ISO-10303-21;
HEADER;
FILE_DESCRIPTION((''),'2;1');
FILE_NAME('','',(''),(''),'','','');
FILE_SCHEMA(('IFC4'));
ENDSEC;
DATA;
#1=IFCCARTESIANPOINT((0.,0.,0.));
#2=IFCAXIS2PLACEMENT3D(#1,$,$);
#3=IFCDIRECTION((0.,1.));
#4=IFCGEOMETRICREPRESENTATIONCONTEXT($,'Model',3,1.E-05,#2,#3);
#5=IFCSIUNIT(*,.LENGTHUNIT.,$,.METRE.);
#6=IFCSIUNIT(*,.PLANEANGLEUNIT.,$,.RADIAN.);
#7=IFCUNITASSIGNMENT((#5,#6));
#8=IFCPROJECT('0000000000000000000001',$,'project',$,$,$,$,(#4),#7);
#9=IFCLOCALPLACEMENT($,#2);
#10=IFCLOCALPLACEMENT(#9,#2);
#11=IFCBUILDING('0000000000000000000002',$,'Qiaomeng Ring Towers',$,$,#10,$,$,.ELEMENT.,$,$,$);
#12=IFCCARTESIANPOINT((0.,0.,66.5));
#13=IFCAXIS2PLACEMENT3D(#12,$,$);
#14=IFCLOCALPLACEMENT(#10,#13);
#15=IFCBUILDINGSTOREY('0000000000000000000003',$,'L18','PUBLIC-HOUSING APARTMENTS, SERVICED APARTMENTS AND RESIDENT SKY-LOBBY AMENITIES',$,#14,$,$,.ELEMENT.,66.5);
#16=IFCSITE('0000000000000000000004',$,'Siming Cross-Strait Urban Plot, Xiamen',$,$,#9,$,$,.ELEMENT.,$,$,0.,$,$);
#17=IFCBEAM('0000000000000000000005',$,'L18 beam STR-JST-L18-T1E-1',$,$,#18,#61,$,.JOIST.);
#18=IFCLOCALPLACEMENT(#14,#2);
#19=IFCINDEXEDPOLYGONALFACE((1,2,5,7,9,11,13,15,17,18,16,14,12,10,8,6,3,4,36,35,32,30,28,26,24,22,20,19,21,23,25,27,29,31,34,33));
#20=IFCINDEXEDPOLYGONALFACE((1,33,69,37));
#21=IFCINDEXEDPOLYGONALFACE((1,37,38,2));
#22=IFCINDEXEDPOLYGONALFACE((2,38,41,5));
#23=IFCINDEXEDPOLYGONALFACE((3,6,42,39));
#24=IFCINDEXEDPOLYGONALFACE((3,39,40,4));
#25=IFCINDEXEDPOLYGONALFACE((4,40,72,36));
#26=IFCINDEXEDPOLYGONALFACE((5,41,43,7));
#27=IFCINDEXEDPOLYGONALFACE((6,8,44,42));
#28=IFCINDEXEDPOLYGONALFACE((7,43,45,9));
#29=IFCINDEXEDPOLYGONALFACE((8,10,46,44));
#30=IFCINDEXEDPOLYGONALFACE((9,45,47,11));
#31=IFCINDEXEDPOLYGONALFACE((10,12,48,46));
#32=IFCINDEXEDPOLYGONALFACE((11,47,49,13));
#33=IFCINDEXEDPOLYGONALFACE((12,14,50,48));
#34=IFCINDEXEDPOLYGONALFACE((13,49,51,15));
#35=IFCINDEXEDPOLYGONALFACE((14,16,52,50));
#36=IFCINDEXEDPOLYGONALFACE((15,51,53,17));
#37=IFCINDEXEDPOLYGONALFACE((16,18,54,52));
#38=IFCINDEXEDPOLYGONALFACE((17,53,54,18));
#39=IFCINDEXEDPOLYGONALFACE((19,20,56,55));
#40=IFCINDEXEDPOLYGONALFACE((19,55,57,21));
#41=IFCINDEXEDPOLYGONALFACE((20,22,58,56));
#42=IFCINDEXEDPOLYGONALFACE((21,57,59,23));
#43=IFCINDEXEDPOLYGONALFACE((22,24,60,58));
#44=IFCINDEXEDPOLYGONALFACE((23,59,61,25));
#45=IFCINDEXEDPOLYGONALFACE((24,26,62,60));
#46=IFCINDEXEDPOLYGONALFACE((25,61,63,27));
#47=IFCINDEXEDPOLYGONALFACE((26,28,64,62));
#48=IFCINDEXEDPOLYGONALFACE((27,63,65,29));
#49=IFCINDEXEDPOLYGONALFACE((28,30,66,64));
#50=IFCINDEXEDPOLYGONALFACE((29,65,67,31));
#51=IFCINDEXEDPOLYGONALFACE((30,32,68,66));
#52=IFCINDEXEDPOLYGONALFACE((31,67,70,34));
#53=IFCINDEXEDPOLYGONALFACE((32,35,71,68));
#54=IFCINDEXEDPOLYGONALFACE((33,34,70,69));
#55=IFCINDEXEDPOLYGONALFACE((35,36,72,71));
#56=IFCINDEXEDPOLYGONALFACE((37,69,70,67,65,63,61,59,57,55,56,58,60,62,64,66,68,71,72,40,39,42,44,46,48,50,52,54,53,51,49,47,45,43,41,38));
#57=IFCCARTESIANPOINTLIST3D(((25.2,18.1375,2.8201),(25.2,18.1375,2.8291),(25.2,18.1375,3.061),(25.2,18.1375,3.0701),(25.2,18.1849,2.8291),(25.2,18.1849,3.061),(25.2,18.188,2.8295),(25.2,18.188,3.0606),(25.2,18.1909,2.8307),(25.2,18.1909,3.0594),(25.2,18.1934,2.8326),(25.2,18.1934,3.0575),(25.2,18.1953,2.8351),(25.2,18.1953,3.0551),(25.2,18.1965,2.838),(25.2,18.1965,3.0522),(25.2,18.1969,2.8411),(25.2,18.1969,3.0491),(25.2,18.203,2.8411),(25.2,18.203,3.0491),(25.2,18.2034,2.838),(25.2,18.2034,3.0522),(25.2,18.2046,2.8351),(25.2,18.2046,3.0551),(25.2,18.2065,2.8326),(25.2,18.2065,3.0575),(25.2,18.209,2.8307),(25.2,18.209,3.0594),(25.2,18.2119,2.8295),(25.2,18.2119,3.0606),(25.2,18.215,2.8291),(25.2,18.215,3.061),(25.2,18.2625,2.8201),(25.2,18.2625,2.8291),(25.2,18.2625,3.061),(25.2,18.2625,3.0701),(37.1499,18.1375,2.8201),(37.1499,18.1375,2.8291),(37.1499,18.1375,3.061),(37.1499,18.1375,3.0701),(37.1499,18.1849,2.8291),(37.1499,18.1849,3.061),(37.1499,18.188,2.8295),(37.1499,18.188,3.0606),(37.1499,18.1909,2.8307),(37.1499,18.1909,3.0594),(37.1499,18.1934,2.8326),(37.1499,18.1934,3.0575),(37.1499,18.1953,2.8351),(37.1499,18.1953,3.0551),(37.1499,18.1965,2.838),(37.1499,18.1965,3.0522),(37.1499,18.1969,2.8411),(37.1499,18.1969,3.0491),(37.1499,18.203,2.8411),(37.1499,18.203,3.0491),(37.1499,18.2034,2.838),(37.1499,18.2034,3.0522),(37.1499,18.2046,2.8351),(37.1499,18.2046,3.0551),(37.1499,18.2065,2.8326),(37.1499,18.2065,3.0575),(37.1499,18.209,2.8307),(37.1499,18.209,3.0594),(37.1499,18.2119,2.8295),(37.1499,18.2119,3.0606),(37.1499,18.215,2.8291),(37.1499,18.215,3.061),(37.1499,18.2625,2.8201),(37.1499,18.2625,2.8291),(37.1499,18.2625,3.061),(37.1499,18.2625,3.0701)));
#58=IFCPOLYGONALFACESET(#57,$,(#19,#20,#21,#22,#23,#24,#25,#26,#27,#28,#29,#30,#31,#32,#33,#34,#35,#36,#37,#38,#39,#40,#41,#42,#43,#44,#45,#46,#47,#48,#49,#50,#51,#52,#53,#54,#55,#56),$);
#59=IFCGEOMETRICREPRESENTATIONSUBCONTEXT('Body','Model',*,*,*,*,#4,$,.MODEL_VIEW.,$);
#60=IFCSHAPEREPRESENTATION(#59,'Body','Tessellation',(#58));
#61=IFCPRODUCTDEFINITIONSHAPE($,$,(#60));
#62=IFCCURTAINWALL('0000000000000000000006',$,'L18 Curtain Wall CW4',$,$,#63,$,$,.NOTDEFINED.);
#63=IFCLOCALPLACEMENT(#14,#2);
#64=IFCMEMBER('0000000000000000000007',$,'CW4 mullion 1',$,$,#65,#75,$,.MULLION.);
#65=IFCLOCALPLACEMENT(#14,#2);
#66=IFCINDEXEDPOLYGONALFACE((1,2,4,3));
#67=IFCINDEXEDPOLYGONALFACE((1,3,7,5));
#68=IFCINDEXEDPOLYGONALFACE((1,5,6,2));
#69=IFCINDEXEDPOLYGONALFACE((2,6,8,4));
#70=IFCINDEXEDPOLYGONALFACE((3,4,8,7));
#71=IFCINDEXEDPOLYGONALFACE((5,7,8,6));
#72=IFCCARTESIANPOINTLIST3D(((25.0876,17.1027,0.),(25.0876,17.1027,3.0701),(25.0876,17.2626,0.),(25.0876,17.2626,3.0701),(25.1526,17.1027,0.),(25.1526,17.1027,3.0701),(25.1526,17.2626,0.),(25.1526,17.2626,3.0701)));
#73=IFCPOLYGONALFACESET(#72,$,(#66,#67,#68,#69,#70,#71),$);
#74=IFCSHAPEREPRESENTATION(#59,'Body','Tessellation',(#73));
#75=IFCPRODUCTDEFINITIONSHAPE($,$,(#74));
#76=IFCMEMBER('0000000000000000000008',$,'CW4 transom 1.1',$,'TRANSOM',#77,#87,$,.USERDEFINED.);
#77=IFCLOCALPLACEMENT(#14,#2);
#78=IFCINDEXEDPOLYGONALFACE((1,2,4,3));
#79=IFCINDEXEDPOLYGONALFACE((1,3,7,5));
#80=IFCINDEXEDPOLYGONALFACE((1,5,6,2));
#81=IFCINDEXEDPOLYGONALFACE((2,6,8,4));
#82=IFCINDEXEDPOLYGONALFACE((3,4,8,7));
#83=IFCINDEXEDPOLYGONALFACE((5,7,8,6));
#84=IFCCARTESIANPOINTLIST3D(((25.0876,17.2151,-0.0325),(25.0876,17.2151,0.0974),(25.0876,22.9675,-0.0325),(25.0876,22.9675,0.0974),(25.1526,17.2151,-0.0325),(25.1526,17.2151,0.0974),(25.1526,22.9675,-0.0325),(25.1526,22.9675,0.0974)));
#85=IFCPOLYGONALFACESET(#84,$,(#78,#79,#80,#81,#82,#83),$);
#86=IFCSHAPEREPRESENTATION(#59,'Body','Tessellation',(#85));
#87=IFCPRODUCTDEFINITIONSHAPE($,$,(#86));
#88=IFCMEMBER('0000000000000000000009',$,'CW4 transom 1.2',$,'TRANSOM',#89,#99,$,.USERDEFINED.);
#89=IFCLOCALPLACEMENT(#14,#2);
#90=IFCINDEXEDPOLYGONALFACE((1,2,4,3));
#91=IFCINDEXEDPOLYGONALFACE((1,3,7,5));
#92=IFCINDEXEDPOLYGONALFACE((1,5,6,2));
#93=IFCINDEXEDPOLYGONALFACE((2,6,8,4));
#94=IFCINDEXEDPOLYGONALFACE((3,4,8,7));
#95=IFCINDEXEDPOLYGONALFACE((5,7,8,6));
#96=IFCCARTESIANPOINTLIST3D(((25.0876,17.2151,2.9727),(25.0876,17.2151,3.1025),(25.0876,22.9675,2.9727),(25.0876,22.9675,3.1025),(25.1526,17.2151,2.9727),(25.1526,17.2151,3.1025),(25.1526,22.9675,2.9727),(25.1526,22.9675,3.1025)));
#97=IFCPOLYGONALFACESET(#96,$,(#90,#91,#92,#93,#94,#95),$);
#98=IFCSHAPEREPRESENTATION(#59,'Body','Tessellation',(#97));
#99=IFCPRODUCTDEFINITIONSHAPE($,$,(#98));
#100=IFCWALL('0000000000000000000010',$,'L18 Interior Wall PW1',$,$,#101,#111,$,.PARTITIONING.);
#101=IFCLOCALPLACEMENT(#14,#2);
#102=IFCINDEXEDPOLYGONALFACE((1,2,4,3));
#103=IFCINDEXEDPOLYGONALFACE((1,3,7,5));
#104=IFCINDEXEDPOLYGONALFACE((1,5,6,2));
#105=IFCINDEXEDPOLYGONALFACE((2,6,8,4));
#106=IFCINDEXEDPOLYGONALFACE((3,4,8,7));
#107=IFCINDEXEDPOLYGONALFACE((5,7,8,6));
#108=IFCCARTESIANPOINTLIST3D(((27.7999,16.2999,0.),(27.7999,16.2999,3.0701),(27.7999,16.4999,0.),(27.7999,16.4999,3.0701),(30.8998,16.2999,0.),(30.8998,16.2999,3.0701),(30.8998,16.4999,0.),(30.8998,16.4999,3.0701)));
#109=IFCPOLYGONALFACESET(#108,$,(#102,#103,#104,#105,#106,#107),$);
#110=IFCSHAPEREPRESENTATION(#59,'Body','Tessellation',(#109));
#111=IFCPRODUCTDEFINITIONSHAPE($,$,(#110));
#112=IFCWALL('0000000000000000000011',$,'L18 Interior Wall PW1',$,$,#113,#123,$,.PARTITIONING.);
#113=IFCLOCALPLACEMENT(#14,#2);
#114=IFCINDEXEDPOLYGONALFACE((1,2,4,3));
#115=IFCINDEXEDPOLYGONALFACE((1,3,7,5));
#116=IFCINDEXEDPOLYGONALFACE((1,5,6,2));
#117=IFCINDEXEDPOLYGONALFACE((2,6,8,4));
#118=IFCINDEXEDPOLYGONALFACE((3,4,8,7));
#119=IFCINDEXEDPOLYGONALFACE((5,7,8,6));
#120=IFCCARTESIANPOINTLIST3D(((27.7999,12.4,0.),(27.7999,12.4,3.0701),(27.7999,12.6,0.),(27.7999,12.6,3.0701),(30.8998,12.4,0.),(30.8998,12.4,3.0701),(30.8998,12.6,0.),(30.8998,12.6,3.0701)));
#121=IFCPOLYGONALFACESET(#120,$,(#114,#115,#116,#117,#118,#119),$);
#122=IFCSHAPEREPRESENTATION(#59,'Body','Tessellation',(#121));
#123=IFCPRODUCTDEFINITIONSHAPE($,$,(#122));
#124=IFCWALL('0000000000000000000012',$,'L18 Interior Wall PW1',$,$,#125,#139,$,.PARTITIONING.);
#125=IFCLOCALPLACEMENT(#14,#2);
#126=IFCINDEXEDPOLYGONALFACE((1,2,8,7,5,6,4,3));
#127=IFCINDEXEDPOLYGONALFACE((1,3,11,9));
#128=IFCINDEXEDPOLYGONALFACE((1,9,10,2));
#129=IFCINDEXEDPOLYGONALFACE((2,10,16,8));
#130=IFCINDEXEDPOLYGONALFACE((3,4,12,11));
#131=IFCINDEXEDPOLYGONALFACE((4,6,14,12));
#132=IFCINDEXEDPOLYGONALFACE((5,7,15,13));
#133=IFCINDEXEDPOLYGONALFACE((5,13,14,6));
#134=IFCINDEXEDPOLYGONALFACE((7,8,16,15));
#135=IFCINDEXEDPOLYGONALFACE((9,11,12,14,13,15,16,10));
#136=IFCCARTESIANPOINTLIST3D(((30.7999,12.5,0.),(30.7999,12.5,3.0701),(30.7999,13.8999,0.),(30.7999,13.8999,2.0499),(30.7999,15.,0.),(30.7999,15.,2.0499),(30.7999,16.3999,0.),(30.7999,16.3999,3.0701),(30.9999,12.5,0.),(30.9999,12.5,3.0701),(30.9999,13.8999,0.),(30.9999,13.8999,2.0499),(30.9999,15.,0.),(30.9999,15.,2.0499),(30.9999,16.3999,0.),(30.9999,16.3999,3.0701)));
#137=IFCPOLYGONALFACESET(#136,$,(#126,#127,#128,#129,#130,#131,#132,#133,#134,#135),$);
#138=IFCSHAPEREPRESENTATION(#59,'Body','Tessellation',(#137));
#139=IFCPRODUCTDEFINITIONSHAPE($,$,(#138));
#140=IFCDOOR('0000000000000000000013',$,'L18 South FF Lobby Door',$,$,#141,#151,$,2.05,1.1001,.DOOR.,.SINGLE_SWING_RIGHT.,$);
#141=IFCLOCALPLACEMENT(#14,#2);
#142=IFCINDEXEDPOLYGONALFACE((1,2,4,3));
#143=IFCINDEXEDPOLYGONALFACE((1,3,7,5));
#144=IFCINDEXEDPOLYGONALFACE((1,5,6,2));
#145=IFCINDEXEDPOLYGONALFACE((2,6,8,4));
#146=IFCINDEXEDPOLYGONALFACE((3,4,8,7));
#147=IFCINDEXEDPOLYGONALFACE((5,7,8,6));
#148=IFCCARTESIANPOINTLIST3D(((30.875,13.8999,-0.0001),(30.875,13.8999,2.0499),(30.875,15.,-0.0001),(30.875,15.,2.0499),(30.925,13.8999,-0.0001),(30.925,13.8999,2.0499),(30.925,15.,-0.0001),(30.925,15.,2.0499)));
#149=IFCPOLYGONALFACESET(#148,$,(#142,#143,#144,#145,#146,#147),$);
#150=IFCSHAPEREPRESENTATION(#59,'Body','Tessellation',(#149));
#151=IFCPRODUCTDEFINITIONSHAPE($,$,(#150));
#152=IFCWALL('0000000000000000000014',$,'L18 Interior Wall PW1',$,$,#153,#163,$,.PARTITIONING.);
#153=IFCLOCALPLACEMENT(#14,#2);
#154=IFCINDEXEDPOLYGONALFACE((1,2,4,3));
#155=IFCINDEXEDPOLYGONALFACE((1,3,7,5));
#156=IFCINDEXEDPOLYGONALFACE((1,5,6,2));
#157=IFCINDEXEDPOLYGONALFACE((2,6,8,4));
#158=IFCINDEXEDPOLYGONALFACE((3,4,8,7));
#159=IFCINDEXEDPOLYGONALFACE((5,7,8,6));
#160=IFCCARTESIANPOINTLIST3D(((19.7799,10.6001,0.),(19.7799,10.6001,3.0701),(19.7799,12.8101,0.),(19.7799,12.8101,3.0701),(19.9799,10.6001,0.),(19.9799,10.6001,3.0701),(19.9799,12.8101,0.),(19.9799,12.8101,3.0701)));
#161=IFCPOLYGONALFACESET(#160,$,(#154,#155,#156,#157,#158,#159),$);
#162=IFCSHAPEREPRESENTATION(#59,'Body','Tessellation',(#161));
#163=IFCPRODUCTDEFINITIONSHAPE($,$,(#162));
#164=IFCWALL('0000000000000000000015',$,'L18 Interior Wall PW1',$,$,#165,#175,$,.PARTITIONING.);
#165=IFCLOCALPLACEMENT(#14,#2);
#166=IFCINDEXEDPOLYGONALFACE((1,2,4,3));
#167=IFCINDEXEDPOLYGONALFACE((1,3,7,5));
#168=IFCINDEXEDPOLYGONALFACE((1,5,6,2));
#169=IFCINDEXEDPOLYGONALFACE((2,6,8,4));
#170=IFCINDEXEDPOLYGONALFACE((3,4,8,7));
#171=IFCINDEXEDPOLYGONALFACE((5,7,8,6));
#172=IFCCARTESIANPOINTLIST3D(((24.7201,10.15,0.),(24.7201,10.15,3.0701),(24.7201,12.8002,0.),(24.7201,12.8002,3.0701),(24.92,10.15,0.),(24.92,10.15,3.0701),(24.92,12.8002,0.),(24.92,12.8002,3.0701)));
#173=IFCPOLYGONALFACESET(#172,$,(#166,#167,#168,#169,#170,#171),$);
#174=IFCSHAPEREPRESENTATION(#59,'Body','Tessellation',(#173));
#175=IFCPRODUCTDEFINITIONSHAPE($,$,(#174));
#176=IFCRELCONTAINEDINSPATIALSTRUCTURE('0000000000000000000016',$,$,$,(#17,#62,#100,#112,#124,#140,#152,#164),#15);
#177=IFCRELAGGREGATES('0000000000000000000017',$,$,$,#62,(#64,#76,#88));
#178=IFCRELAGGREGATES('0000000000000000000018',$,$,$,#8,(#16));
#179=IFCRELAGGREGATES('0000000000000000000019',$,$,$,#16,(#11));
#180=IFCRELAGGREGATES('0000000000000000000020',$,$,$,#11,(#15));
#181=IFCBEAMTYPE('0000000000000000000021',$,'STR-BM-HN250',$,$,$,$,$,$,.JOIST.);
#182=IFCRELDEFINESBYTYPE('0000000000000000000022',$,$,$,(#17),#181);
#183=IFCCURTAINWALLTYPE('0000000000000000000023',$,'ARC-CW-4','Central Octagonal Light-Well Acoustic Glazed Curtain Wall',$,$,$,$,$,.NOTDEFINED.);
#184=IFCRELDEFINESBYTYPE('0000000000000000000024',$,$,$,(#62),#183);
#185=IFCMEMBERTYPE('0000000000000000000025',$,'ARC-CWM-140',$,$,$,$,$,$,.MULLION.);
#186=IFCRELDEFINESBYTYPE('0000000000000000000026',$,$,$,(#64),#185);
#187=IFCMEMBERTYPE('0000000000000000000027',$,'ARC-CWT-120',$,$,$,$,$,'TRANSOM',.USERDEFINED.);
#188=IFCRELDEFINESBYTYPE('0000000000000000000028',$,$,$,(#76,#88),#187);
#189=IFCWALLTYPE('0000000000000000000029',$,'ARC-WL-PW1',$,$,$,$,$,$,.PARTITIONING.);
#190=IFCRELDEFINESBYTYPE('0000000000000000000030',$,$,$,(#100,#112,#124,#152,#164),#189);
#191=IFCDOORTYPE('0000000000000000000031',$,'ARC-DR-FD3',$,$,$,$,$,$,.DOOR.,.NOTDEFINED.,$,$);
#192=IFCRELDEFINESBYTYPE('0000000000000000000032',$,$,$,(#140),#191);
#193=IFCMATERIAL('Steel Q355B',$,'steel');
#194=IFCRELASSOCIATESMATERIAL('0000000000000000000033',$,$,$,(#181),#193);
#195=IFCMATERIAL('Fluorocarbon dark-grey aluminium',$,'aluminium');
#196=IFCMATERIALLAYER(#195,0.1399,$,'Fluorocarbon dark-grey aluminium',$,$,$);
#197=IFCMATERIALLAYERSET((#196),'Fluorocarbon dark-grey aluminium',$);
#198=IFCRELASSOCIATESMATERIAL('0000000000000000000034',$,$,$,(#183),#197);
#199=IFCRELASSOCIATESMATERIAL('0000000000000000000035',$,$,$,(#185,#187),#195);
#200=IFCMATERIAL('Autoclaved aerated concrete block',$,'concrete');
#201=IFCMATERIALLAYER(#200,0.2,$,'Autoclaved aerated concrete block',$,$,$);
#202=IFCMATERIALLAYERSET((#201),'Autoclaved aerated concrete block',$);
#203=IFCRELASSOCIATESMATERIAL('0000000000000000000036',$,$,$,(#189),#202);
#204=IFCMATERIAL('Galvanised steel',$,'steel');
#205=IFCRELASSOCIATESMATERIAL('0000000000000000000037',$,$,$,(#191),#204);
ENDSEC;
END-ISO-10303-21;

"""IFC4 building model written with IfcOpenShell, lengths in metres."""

from ifc_helpers import new_model, si_unit, direction, frame, frame_2d, origin, origin_2d, place, context, subcontext, project, spatial, rectangle, i_section, extrude, source, transform, mapped, material, layer, layer_set, material_profile, profile_set, type_object, element, fill, aggregate, save


model = new_model("IFC4")

# Units and contexts
model_context = context("Model", 3, precision=1e-05, world=origin(), true_north=direction((0.0, 1.0)))
body_context = subcontext(model_context, "Body", "Model", "MODEL_VIEW")
ifc_project = project(units=[si_unit("LENGTHUNIT", "METRE"), si_unit("PLANEANGLEUNIT", "RADIAN")], contexts=[model_context])

# Site, building, storey
site_placement = place(None, origin())
site = spatial("IfcSite", under=ifc_project, at=site_placement, Name="Siming Cross-Strait Urban Plot, Xiamen", CompositionType="ELEMENT", RefElevation=0.0)
building_placement = place(site_placement, origin())
building = spatial("IfcBuilding", under=site, at=building_placement, Name="Qiaomeng Ring Towers", CompositionType="ELEMENT")
storey_placement = place(building_placement, frame((0.0, 0.0, 66.5)))
storey = spatial("IfcBuildingStorey", under=building, at=storey_placement, Name="L18", Description="PUBLIC-HOUSING APARTMENTS, SERVICED APARTMENTS AND RESIDENT SKY-LOBBY AMENITIES", CompositionType="ELEMENT", Elevation=66.5)

# Beam
ifc_material_1 = material(Name="Steel Q355B", Category="steel")
ifc_material_profile_1 = material_profile(ifc_material_1, i_section(OverallWidth=0.125, OverallDepth=0.25, WebThickness=0.0061, FlangeThickness=0.009, FilletRadius=0.012, at=origin_2d()), Name="HN 250x125x6x9")
ifc_profile_set_1 = profile_set([ifc_material_profile_1], Name="Steel Q355B")
beam_type_1 = type_object("IfcBeamType", Name="STR-BM-HN250", PredefinedType="JOIST", material=ifc_profile_set_1)
shared_shape_1 = source(origin(), body_context, "Body", "SweptSolid", [
    extrude(i_section(OverallWidth=0.125, OverallDepth=0.25, WebThickness=0.0061, FlangeThickness=0.009, FilletRadius=0.012, at=origin_2d()), origin(), (0.0, 0.0, 1.0), 11.95),
])
beam_1_placement = place(storey_placement, frame((25.2, 18.2, 2.9451), z_axis=(1.0, 0.0, 0.0), x_axis=(0.0, 1.0, 0.0)))
element("IfcBeam", 1, at=beam_1_placement, inside=storey, type_object=beam_type_1, Name="L18 beam STR-JST-L18-T1E-1", PredefinedType="JOIST", context=body_context, shape_type="MappedRepresentation", body=[
    mapped(shared_shape_1, transform((0.0, 0.0, 0.0), x_axis=(1.0, 0.0, 0.0), y_axis=(0.0, 1.0, 0.0), z_axis=(0.0, 0.0, 1.0), scale=1.0)),
])

# Curtain wall, members
ifc_material_2 = material(Name="Fluorocarbon dark-grey aluminium", Category="aluminium")
ifc_layer_1 = layer(ifc_material_2, 0.1399, Name="Fluorocarbon dark-grey aluminium")
ifc_layer_set_1 = layer_set([ifc_layer_1], Name="Fluorocarbon dark-grey aluminium")
curtain_wall_type = type_object("IfcCurtainWallType", Name="ARC-CW-4", Description="Central Octagonal Light-Well Acoustic Glazed Curtain Wall", PredefinedType="NOTDEFINED", material=ifc_layer_set_1)
curtain_wall_placement = place(storey_placement, origin())
curtain_wall = element("IfcCurtainWall", 2, at=curtain_wall_placement, inside=storey, type_object=curtain_wall_type, Name="L18 Curtain Wall CW4", PredefinedType="NOTDEFINED")
ifc_material_profile_2 = material_profile(ifc_material_2, rectangle(XDim=0.0649, YDim=0.1599, at=origin_2d()), Name="ALU MULL 65x160")
ifc_profile_set_2 = profile_set([ifc_material_profile_2], Name="Fluorocarbon dark-grey aluminium")
member_type_1 = type_object("IfcMemberType", Name="ARC-CWM-140", PredefinedType="MULLION", material=ifc_profile_set_2)
shared_shape_2 = source(origin(), body_context, "Body", "SweptSolid", [
    extrude(rectangle(XDim=0.0649, YDim=0.1599, at=origin_2d()), origin(), (0.0, 0.0, 1.0), 3.0701),
])
member_1_placement = place(storey_placement, frame((25.1201, 17.1826, 0.0), z_axis=(0.0, 0.0, 1.0), x_axis=(-1.0, 0.0, 0.0)))
member_1 = element("IfcMember", 3, at=member_1_placement, type_object=member_type_1, Name="CW4 mullion 1", PredefinedType="MULLION", context=body_context, shape_type="MappedRepresentation", body=[
    mapped(shared_shape_2, transform((0.0, 0.0, 0.0), x_axis=(1.0, 0.0, 0.0), y_axis=(0.0, 1.0, 0.0), z_axis=(0.0, 0.0, 1.0), scale=1.0)),
])
ifc_material_profile_3 = material_profile(ifc_material_2, rectangle(XDim=0.0649, YDim=0.1299, at=origin_2d()), Name="ALU TRAN 65x130")
ifc_profile_set_3 = profile_set([ifc_material_profile_3], Name="Fluorocarbon dark-grey aluminium")
member_type_2 = type_object("IfcMemberType", Name="ARC-CWT-120", ElementType="TRANSOM", PredefinedType="USERDEFINED", material=ifc_profile_set_3)
shared_shape_3 = source(origin(), body_context, "Body", "SweptSolid", [
    extrude(rectangle(XDim=0.0649, YDim=0.1299, at=origin_2d()), origin(), (0.0, 0.0, 1.0), 5.7524),
])
member_2_placement = place(storey_placement, frame((25.1201, 17.2151, 0.0325), z_axis=(0.0, 1.0, 0.0), x_axis=(-1.0, 0.0, 0.0)))
member_2 = element("IfcMember", 4, at=member_2_placement, type_object=member_type_2, Name="CW4 transom 1.1", ObjectType="TRANSOM", PredefinedType="USERDEFINED", context=body_context, shape_type="MappedRepresentation", body=[
    mapped(shared_shape_3, transform((0.0, 0.0, 0.0), x_axis=(1.0, 0.0, 0.0), y_axis=(0.0, 1.0, 0.0), z_axis=(0.0, 0.0, 1.0), scale=1.0)),
])
member_3_placement = place(storey_placement, frame((25.1201, 17.2151, 3.0376), z_axis=(0.0, 1.0, 0.0), x_axis=(-1.0, 0.0, 0.0)))
member_3 = element("IfcMember", 5, at=member_3_placement, type_object=member_type_2, Name="CW4 transom 1.2", ObjectType="TRANSOM", PredefinedType="USERDEFINED", context=body_context, shape_type="MappedRepresentation", body=[
    mapped(shared_shape_3, transform((0.0, 0.0, 0.0), x_axis=(1.0, 0.0, 0.0), y_axis=(0.0, 1.0, 0.0), z_axis=(0.0, 0.0, 1.0), scale=1.0)),
])
aggregate(curtain_wall, [member_1, member_2, member_3])

# Walls
ifc_material_3 = material(Name="Autoclaved aerated concrete block", Category="concrete")
ifc_layer_2 = layer(ifc_material_3, 0.2, Name="Autoclaved aerated concrete block")
ifc_layer_set_2 = layer_set([ifc_layer_2], Name="Autoclaved aerated concrete block")
wall_type_1 = type_object("IfcWallType", Name="ARC-WL-PW1", PredefinedType="PARTITIONING", material=ifc_layer_set_2)
for number, where, z_axis, x_axis, name in (
    (6, (27.8, 16.3999, 0.0), (0.0, 0.0, 1.0), (1.0, 0.0, 0.0), "L18 Interior Wall PW1"),
    (7, (27.8, 12.5, 0.0), (0.0, 0.0, 1.0), (1.0, 0.0, 0.0), "L18 Interior Wall PW1"),
):
    element("IfcWall", number, at=place(storey_placement, frame(where, z_axis=z_axis, x_axis=x_axis)), inside=storey, type_object=wall_type_1, Name=name, PredefinedType="PARTITIONING", context=body_context, shape_type="SweptSolid", body=[
        extrude(rectangle(XDim=3.0999, YDim=0.2, at=frame_2d((1.5498, 0.0))), origin(), (0.0, 0.0, 1.0), 3.0701),
    ])

# Wall, opening, door
wall_1_placement = place(storey_placement, frame((30.8999, 12.5, 0.0), z_axis=(0.0, 0.0, 1.0), x_axis=(0.0, 1.0, 0.0)))
wall_1 = element("IfcWall", 8, at=wall_1_placement, inside=storey, type_object=wall_type_1, Name="L18 Interior Wall PW1", PredefinedType="PARTITIONING", context=body_context, shape_type="SweptSolid", body=[
    extrude(rectangle(XDim=3.8999, YDim=0.2, at=frame_2d((1.95, 0.0))), origin(), (0.0, 0.0, 1.0), 3.0701),
])
opening_1_placement = place(wall_1_placement, frame((1.3999, 0.0, 0.0)))
opening_1 = element("IfcOpeningElement", 9, at=opening_1_placement, cuts=wall_1, PredefinedType="OPENING", context=body_context, shape_type="SweptSolid", body=[
    extrude(rectangle(XDim=1.1001, YDim=2.05, at=frame_2d((0.55, 1.0249))), frame((0.0, 0.1099, 0.0), z_axis=(0.0, -1.0, 0.0), x_axis=(1.0, 0.0, 0.0)), (0.0, 0.0, 1.0), 0.22),
])
ifc_material_4 = material(Name="Galvanised steel", Category="steel")
door_type_1 = type_object("IfcDoorType", Name="ARC-DR-FD3", OperationType="NOTDEFINED", PredefinedType="DOOR", material=ifc_material_4)
shared_shape_4 = source(origin(), body_context, "Body", "SweptSolid", [
    extrude(rectangle(XDim=1.1001, YDim=2.05, at=frame_2d((0.55, 1.0249))), frame((0.0, 0.0249, 0.0), z_axis=(0.0, -1.0, 0.0), x_axis=(1.0, 0.0, 0.0)), (0.0, 0.0, 1.0), 0.05),
])
door_1_placement = place(opening_1_placement, origin())
door_1 = element("IfcDoor", 10, at=door_1_placement, inside=storey, type_object=door_type_1, Name="L18 South FF Lobby Door", OperationType="SINGLE_SWING_RIGHT", OverallHeight=2.05, OverallWidth=1.1001, PredefinedType="DOOR", context=body_context, shape_type="MappedRepresentation", body=[
    mapped(shared_shape_4, transform((0.0, 0.0, 0.0), x_axis=(1.0, 0.0, 0.0), y_axis=(0.0, 1.0, 0.0), z_axis=(0.0, 0.0, 1.0), scale=1.0)),
])
fill(opening_1, door_1)

# Walls
wall_2_placement = place(storey_placement, frame((19.8799, 10.6001, 0.0), z_axis=(0.0, 0.0, 1.0), x_axis=(0.0, 1.0, 0.0)))
element("IfcWall", 11, at=wall_2_placement, inside=storey, type_object=wall_type_1, Name="L18 Interior Wall PW1", PredefinedType="PARTITIONING", context=body_context, shape_type="SweptSolid", body=[
    extrude(rectangle(XDim=2.21, YDim=0.2, at=frame_2d((1.105, 0.0))), origin(), (0.0, 0.0, 1.0), 3.0701),
])
wall_3_placement = place(storey_placement, frame((24.8201, 10.1499, 0.0), z_axis=(0.0, 0.0, 1.0), x_axis=(0.0, 1.0, 0.0)))
element("IfcWall", 12, at=wall_3_placement, inside=storey, type_object=wall_type_1, Name="L18 Interior Wall PW1", PredefinedType="PARTITIONING", context=body_context, shape_type="SweptSolid", body=[
    extrude(rectangle(XDim=2.6501, YDim=0.2, at=frame_2d((1.3252, 0.0))), origin(), (0.0, 0.0, 1.0), 3.0701),
])

save(model, "model.ifc")
